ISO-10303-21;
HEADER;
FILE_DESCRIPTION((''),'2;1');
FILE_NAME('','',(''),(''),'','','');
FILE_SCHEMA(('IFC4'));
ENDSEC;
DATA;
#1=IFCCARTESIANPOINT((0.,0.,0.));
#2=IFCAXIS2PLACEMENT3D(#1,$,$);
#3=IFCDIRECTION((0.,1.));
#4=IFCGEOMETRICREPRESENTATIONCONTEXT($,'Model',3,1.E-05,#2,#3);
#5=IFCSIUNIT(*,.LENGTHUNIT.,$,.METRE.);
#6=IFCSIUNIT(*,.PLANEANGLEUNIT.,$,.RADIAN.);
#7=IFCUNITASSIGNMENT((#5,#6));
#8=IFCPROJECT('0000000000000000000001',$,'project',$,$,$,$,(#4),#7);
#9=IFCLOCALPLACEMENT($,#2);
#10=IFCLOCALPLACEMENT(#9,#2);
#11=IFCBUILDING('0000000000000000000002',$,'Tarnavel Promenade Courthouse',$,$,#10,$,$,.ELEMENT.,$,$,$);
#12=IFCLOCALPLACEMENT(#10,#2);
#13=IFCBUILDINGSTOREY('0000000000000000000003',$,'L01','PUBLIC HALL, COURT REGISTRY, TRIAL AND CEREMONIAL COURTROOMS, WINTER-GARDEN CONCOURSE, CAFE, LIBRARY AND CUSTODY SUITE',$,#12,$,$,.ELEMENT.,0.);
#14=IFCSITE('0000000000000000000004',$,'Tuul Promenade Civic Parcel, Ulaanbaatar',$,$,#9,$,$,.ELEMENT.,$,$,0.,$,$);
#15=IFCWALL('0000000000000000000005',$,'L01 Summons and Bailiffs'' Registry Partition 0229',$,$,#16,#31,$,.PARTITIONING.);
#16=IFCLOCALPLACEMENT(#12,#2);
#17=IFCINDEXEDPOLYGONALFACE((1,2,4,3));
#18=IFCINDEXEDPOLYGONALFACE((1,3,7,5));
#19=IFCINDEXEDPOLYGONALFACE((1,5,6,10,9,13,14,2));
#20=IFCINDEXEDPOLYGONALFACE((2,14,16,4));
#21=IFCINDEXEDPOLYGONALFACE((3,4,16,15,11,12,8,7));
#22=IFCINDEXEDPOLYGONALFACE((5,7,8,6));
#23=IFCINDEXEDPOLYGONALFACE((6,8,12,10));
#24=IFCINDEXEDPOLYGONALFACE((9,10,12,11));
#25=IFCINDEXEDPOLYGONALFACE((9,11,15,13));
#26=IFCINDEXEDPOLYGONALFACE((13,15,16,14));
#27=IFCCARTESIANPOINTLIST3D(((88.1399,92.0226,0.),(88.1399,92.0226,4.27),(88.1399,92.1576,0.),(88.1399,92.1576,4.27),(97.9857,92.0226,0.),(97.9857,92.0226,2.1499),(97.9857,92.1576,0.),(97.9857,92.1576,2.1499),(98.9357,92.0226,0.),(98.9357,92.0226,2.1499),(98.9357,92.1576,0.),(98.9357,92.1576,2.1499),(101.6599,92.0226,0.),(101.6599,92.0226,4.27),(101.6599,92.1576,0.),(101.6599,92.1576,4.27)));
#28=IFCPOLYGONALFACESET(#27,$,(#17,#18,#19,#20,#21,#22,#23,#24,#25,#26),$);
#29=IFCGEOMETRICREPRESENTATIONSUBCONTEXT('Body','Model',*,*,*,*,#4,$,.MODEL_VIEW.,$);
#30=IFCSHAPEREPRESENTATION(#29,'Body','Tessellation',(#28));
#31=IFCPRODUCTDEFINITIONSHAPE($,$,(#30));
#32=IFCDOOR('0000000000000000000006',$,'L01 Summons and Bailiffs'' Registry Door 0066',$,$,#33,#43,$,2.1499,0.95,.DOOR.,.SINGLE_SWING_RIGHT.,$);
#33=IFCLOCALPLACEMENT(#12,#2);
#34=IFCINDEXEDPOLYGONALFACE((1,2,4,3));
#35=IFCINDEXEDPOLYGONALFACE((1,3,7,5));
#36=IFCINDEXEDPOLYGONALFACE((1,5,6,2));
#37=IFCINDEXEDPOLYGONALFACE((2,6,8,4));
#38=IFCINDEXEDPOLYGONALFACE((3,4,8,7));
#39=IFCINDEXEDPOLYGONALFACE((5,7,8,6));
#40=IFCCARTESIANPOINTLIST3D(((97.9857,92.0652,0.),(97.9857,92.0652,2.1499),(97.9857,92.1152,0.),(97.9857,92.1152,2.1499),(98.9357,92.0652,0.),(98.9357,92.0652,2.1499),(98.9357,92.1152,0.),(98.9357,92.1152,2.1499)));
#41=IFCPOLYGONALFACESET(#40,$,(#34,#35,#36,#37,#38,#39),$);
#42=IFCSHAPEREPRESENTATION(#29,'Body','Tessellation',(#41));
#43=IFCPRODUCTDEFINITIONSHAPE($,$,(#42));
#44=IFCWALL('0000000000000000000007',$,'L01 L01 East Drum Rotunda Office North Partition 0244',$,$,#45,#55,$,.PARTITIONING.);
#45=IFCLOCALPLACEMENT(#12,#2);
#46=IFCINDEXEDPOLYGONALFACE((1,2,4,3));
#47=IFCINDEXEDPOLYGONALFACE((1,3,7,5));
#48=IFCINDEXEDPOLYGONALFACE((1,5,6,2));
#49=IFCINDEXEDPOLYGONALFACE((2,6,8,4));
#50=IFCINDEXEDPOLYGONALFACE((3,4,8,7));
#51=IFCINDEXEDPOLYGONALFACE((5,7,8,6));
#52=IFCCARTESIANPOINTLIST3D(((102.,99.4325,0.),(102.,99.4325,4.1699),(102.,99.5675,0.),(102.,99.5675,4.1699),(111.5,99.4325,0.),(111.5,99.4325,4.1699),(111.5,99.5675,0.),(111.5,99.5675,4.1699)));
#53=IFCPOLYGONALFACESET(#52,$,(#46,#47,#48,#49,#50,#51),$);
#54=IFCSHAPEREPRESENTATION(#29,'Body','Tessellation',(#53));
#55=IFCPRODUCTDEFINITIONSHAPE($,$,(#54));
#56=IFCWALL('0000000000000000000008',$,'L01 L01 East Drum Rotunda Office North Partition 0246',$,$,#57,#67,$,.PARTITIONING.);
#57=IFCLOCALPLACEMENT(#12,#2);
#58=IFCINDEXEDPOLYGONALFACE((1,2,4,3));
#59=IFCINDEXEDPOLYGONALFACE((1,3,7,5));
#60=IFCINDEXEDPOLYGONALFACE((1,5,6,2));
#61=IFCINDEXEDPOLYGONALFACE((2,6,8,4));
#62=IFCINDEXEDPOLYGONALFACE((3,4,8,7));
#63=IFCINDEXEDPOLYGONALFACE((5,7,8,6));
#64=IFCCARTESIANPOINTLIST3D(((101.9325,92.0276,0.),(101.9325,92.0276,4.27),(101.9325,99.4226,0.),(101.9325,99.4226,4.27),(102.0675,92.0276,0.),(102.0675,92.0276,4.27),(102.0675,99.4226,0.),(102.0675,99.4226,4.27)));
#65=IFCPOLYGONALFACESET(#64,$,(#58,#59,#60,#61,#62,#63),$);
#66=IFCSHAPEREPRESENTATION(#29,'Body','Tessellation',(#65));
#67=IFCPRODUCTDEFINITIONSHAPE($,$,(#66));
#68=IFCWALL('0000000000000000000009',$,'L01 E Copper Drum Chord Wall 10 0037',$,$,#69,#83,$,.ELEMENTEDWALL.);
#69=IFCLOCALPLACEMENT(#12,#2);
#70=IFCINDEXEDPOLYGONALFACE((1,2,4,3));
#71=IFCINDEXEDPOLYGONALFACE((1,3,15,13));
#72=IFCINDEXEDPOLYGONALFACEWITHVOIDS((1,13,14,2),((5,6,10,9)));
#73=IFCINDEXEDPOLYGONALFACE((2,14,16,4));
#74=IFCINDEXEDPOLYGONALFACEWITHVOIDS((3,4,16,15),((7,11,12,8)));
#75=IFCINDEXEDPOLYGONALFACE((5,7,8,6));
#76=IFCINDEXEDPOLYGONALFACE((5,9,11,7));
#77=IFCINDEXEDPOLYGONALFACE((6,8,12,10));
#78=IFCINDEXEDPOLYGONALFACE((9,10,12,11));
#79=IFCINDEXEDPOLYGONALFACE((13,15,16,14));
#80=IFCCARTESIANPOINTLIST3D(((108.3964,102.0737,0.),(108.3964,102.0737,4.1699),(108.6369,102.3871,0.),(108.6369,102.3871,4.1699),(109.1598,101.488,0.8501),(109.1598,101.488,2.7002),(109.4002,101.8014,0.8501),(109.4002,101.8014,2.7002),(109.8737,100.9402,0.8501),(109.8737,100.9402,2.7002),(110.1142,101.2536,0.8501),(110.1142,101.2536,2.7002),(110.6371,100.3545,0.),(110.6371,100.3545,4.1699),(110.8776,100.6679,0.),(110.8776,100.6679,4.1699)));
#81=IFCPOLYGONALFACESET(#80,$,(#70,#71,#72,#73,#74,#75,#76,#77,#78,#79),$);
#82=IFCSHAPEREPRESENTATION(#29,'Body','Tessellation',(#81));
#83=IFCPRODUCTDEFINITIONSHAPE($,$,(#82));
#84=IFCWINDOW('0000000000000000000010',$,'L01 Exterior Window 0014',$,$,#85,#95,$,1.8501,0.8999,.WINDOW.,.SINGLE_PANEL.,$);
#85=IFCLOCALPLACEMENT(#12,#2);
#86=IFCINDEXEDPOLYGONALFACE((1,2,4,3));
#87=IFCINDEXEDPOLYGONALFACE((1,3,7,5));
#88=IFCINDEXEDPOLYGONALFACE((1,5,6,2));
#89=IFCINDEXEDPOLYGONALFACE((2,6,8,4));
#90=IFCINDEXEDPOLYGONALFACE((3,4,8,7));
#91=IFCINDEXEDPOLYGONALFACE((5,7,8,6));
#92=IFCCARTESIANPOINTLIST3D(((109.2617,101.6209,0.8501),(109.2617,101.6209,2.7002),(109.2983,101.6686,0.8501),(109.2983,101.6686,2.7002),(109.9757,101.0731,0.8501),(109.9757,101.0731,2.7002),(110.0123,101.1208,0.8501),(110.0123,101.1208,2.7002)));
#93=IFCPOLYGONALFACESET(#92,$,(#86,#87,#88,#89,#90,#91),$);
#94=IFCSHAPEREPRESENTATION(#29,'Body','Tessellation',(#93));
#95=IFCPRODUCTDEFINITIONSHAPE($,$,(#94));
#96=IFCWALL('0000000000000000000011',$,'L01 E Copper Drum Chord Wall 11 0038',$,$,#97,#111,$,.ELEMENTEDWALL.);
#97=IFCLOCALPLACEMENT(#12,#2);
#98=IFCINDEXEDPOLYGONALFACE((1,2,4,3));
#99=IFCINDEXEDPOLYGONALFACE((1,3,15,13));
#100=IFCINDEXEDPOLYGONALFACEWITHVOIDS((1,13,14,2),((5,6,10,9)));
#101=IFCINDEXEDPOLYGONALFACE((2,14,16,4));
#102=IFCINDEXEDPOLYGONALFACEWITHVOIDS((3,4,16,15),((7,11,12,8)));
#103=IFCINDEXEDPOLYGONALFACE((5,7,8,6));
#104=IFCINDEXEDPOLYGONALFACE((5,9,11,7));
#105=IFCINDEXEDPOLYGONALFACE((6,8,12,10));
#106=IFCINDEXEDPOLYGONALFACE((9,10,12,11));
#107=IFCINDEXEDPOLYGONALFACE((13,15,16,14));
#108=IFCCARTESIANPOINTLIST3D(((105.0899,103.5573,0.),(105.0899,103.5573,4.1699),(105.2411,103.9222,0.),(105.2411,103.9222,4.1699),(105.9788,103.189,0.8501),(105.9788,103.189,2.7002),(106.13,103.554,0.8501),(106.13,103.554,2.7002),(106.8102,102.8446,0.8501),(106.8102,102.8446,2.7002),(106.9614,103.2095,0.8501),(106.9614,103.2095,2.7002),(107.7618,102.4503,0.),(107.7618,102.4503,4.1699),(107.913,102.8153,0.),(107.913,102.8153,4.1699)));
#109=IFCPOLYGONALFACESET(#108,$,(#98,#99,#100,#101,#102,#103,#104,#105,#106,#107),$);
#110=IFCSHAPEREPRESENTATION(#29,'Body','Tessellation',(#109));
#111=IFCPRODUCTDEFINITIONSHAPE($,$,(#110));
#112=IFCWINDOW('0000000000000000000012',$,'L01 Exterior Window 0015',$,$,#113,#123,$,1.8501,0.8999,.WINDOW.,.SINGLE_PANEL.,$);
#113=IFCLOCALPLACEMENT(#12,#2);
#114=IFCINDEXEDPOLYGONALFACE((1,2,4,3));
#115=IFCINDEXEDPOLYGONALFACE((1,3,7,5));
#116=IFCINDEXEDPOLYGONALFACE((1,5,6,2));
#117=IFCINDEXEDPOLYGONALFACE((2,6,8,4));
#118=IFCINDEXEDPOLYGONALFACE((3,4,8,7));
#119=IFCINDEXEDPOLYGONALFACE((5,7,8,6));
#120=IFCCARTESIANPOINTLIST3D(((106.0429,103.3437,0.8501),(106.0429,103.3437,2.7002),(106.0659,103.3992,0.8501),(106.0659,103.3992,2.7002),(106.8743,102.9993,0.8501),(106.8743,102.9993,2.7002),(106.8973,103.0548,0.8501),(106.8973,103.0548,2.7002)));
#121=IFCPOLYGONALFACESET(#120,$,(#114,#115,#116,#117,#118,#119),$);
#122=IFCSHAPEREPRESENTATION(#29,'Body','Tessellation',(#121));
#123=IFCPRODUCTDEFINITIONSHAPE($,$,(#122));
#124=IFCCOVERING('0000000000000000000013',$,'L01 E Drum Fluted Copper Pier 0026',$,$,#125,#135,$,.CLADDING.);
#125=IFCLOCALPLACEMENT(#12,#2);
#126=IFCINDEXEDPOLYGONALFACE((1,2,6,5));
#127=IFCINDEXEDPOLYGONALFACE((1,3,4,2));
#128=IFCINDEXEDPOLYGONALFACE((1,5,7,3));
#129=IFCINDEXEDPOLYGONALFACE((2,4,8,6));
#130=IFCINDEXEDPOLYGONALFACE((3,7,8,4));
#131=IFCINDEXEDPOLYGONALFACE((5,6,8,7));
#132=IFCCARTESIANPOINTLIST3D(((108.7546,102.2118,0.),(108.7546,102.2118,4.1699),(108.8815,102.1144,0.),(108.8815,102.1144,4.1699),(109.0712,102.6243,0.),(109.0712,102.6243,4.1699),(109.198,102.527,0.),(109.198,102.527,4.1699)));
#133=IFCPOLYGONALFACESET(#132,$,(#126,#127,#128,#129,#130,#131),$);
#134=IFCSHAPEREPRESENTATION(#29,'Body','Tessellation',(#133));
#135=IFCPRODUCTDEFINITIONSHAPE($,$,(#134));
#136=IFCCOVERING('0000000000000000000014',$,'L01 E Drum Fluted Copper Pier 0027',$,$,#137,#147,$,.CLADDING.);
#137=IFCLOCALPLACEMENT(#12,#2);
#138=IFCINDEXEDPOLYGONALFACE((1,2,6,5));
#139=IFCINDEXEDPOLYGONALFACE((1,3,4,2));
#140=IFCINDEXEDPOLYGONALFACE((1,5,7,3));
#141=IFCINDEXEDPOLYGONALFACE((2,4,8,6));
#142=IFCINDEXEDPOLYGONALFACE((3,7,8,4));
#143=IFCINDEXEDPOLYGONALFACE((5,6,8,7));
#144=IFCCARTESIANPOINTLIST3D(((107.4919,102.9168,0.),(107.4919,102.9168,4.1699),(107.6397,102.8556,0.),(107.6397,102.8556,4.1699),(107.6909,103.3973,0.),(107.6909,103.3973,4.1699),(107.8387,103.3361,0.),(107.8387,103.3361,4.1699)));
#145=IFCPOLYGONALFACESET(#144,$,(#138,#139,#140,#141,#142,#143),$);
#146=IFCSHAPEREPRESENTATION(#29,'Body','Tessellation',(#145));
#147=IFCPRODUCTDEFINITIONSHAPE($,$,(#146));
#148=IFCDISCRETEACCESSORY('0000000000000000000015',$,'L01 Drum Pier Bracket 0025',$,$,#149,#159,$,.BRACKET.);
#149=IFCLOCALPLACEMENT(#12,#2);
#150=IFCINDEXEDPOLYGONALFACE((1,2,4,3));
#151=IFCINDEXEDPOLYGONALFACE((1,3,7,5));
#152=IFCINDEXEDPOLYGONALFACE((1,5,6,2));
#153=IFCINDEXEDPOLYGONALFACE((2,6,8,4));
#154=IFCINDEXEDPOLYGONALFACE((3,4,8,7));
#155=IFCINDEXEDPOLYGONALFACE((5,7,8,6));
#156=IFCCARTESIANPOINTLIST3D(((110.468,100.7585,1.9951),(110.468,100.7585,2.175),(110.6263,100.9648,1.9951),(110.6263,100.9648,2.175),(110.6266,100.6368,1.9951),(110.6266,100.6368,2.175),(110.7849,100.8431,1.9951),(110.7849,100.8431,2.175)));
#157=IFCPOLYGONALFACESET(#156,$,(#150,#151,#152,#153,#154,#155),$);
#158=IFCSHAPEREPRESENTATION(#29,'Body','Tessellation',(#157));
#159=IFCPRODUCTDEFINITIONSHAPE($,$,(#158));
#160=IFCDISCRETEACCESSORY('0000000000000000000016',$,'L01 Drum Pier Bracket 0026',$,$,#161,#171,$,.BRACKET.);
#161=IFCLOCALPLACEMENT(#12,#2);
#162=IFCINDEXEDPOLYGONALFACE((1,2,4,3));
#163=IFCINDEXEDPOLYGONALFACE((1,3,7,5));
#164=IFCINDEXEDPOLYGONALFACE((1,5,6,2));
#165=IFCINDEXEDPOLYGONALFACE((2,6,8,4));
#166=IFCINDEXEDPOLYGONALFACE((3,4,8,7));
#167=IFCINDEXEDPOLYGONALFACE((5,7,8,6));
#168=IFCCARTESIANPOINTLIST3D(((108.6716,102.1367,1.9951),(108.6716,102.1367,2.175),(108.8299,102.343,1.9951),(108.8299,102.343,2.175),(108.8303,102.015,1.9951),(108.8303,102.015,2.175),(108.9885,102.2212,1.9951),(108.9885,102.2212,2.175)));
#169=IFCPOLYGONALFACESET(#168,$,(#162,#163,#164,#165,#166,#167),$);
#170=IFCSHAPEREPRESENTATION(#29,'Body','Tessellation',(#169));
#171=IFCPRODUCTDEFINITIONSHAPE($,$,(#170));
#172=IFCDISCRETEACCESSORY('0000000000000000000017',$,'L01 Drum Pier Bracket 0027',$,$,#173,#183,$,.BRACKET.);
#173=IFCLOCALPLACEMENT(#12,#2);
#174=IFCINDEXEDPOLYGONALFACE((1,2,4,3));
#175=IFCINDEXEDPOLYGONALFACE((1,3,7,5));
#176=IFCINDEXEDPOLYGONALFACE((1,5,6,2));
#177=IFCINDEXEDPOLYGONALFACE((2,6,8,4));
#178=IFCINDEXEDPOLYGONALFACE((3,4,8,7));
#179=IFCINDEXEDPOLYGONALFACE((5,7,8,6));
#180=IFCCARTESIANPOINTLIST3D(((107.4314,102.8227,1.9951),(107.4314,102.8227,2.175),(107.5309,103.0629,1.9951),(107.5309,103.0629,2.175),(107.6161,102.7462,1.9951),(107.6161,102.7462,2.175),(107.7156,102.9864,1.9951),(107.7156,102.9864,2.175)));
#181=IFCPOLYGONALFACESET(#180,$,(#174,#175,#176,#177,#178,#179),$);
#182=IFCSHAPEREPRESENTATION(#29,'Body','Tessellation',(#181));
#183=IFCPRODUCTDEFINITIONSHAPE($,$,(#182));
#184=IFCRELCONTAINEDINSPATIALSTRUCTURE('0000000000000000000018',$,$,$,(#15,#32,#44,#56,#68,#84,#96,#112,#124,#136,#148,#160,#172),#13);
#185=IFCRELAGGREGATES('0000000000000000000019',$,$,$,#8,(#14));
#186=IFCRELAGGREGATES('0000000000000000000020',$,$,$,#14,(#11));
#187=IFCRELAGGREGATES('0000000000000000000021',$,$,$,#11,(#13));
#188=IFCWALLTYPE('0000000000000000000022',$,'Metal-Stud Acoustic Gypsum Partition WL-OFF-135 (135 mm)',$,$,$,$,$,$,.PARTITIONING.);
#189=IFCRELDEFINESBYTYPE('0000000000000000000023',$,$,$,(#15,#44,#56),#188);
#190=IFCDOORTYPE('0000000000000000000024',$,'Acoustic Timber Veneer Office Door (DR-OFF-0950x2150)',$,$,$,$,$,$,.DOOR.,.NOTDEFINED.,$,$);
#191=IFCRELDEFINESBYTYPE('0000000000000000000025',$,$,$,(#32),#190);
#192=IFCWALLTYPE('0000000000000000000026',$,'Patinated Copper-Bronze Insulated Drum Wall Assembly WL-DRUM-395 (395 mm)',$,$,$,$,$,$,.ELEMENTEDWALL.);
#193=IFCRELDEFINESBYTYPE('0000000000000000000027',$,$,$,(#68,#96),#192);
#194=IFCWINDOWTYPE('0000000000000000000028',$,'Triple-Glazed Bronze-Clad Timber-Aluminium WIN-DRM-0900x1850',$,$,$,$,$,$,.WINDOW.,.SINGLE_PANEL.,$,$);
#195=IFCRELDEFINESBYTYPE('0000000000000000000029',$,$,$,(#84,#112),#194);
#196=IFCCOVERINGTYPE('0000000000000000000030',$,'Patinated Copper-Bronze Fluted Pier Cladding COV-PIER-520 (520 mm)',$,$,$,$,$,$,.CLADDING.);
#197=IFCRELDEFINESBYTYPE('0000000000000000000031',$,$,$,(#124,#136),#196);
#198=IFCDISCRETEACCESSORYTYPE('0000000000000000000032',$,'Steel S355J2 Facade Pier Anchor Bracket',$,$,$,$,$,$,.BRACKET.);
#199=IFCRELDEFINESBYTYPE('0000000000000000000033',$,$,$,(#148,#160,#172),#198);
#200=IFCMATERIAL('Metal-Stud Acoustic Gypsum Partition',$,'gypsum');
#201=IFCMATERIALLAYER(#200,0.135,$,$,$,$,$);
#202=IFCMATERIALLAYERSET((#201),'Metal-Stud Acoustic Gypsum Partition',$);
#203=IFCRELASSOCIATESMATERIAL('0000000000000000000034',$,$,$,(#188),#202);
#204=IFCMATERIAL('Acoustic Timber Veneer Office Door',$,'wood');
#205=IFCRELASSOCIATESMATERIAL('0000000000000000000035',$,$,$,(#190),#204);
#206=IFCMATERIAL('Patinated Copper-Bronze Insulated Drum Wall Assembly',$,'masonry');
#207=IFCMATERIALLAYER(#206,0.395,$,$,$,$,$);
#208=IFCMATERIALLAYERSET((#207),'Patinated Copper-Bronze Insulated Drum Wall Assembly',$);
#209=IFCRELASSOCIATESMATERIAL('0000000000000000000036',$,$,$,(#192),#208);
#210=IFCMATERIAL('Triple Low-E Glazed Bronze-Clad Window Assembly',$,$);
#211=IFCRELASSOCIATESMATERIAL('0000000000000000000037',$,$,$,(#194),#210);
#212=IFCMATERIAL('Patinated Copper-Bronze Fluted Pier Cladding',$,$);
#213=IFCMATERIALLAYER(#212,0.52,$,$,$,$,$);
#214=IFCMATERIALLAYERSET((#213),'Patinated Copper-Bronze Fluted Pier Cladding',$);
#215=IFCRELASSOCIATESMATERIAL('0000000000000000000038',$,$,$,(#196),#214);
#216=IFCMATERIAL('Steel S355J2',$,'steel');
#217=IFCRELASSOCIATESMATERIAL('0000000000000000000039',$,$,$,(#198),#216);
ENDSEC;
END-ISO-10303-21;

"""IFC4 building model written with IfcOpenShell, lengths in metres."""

from ifc_helpers import new_model, si_unit, direction, frame, frame_2d, origin, origin_2d, place, context, subcontext, project, spatial, rectangle, extrude, material, layer, layer_set, type_object, element, fill, save


model = new_model("IFC4")

# Units and contexts
model_context = context("Model", 3, precision=1e-05, world=origin(), true_north=direction((0.0, 1.0)))
body_context = subcontext(model_context, "Body", "Model", "MODEL_VIEW")
ifc_project = project(units=[si_unit("LENGTHUNIT", "METRE"), si_unit("PLANEANGLEUNIT", "RADIAN")], contexts=[model_context])

# Site, building, storey
site_placement = place(None, origin())
site = spatial("IfcSite", under=ifc_project, at=site_placement, Name="Tuul Promenade Civic Parcel, Ulaanbaatar", CompositionType="ELEMENT", RefElevation=0.0)
building_placement = place(site_placement, origin())
building = spatial("IfcBuilding", under=site, at=building_placement, Name="Tarnavel Promenade Courthouse", CompositionType="ELEMENT")
storey_placement = place(building_placement, origin())
storey = spatial("IfcBuildingStorey", under=building, at=storey_placement, Name="L01", Description="PUBLIC HALL, COURT REGISTRY, TRIAL AND CEREMONIAL COURTROOMS, WINTER-GARDEN CONCOURSE, CAFE, LIBRARY AND CUSTODY SUITE", CompositionType="ELEMENT", Elevation=0.0)

# Shared definitions
ifc_material_1 = material(Name="Steel S355J2", Category="steel")

# Wall, opening, door
ifc_material_2 = material(Name="Metal-Stud Acoustic Gypsum Partition", Category="gypsum")
ifc_layer_1 = layer(ifc_material_2, 0.135)
ifc_layer_set_1 = layer_set([ifc_layer_1], Name="Metal-Stud Acoustic Gypsum Partition")
wall_type_1 = type_object("IfcWallType", Name="Metal-Stud Acoustic Gypsum Partition WL-OFF-135 (135 mm)", PredefinedType="PARTITIONING", material=ifc_layer_set_1)
wall_1_placement = place(storey_placement, frame((101.6599, 92.0901, 0.0), z_axis=(0.0, 0.0, 1.0), x_axis=(-1.0, 0.0, 0.0)))
wall_1 = element("IfcWall", 1, at=wall_1_placement, inside=storey, type_object=wall_type_1, Name="L01 Summons and Bailiffs' Registry Partition 0229", PredefinedType="PARTITIONING", context=body_context, shape_type="SweptSolid", body=[
    extrude(rectangle(XDim=13.52, YDim=0.135, at=frame_2d((6.76, 0.0))), origin(), (0.0, 0.0, 1.0), 4.27),
])
opening_1_placement = place(wall_1_placement, frame((2.7241, 0.0, 0.0)))
opening_1 = element("IfcOpeningElement", 2, at=opening_1_placement, cuts=wall_1, PredefinedType="OPENING", context=body_context, shape_type="SweptSolid", body=[
    extrude(rectangle(XDim=0.95, YDim=2.1499, at=frame_2d((0.4751, 1.075))), frame((0.0, 0.0774, 0.0), z_axis=(0.0, -1.0, 0.0), x_axis=(1.0, 0.0, 0.0)), (0.0, 0.0, 1.0), 0.155),
])
ifc_material_3 = material(Name="Acoustic Timber Veneer Office Door", Category="wood")
door_type = type_object("IfcDoorType", Name="Acoustic Timber Veneer Office Door (DR-OFF-0950x2150)", OperationType="NOTDEFINED", PredefinedType="DOOR", material=ifc_material_3)
door_placement = place(opening_1_placement, origin())
door = element("IfcDoor", 3, at=door_placement, inside=storey, type_object=door_type, Name="L01 Summons and Bailiffs' Registry Door 0066", OperationType="SINGLE_SWING_RIGHT", OverallHeight=2.1499, OverallWidth=0.95, PredefinedType="DOOR", context=body_context, shape_type="SweptSolid", body=[
    extrude(rectangle(XDim=0.95, YDim=2.1499, at=frame_2d((0.4751, 1.075))), frame((0.0, 0.0249, 0.0), z_axis=(0.0, -1.0, 0.0), x_axis=(1.0, 0.0, 0.0)), (0.0, 0.0, 1.0), 0.05),
])
fill(opening_1, door)

# Walls
wall_2_placement = place(storey_placement, frame((102.0, 99.5, 0.0), z_axis=(0.0, 0.0, 1.0), x_axis=(1.0, 0.0, 0.0)))
element("IfcWall", 4, at=wall_2_placement, inside=storey, type_object=wall_type_1, Name="L01 L01 East Drum Rotunda Office North Partition 0244", PredefinedType="PARTITIONING", context=body_context, shape_type="SweptSolid", body=[
    extrude(rectangle(XDim=9.5, YDim=0.135, at=frame_2d((4.75, 0.0))), origin(), (0.0, 0.0, 1.0), 4.1699),
])
wall_3_placement = place(storey_placement, frame((102.0, 92.0276, 0.0), z_axis=(0.0, 0.0, 1.0), x_axis=(0.0, 1.0, 0.0)))
element("IfcWall", 5, at=wall_3_placement, inside=storey, type_object=wall_type_1, Name="L01 L01 East Drum Rotunda Office North Partition 0246", PredefinedType="PARTITIONING", context=body_context, shape_type="SweptSolid", body=[
    extrude(rectangle(XDim=7.395, YDim=0.135, at=frame_2d((3.6975, 0.0))), origin(), (0.0, 0.0, 1.0), 4.27),
])

# Walls, openings, windows
ifc_material_4 = material(Name="Patinated Copper-Bronze Insulated Drum Wall Assembly", Category="masonry")
ifc_layer_2 = layer(ifc_material_4, 0.395)
ifc_layer_set_2 = layer_set([ifc_layer_2], Name="Patinated Copper-Bronze Insulated Drum Wall Assembly")
wall_type_2 = type_object("IfcWallType", Name="Patinated Copper-Bronze Insulated Drum Wall Assembly WL-DRUM-395 (395 mm)", PredefinedType="ELEMENTEDWALL", material=ifc_layer_set_2)
wall_4_placement = place(storey_placement, frame((110.7573, 100.5112, 0.0), z_axis=(0.0, 0.0, 1.0), x_axis=(-0.793375, 0.608733, 0.0)))
wall_4 = element("IfcWall", 6, at=wall_4_placement, inside=storey, type_object=wall_type_2, Name="L01 E Copper Drum Chord Wall 10 0037", PredefinedType="ELEMENTEDWALL", context=body_context, shape_type="SweptSolid", body=[
    extrude(rectangle(XDim=2.8242, YDim=0.395, at=frame_2d((1.4121, 0.0))), origin(), (0.0, 0.0, 1.0), 4.1699),
])
opening_2_placement = place(wall_4_placement, frame((0.9622, 0.0, 0.8501)))
opening_2 = element("IfcOpeningElement", 7, at=opening_2_placement, cuts=wall_4, PredefinedType="OPENING", context=body_context, shape_type="SweptSolid", body=[
    extrude(rectangle(XDim=0.8999, YDim=1.8501, at=frame_2d((0.45, 0.925))), frame((0.0, 0.2075, 0.0), z_axis=(0.0, -1.0, 0.0), x_axis=(1.0, 0.0, 0.0)), (0.0, 0.0, 1.0), 0.415),
])
ifc_material_5 = material(Name="Triple Low-E Glazed Bronze-Clad Window Assembly")
window_type = type_object("IfcWindowType", Name="Triple-Glazed Bronze-Clad Timber-Aluminium WIN-DRM-0900x1850", PartitioningType="SINGLE_PANEL", PredefinedType="WINDOW", material=ifc_material_5)
window_1_placement = place(opening_2_placement, origin())
window_1 = element("IfcWindow", 8, at=window_1_placement, inside=storey, type_object=window_type, Name="L01 Exterior Window 0014", OverallHeight=1.8501, OverallWidth=0.8999, PartitioningType="SINGLE_PANEL", PredefinedType="WINDOW", context=body_context, shape_type="SweptSolid", body=[
    extrude(rectangle(XDim=0.8999, YDim=1.8501, at=frame_2d((0.45, 0.925))), frame((0.0, 0.03, 0.0), z_axis=(0.0, -1.0, 0.0), x_axis=(1.0, 0.0, 0.0)), (0.0, 0.0, 1.0), 0.0601),
])
fill(opening_2, window_1)
wall_5_placement = place(storey_placement, frame((107.8374, 102.6328, 0.0), z_axis=(0.0, 0.0, 1.0), x_axis=(-0.923854, 0.382744, 0.0)))
wall_5 = element("IfcWall", 9, at=wall_5_placement, inside=storey, type_object=wall_type_2, Name="L01 E Copper Drum Chord Wall 11 0038", PredefinedType="ELEMENTEDWALL", context=body_context, shape_type="SweptSolid", body=[
    extrude(rectangle(XDim=2.8921, YDim=0.395, at=frame_2d((1.446, 0.0))), origin(), (0.0, 0.0, 1.0), 4.1699),
])
opening_3_placement = place(wall_5_placement, frame((1.03, 0.0, 0.8501)))
opening_3 = element("IfcOpeningElement", 10, at=opening_3_placement, cuts=wall_5, PredefinedType="OPENING", context=body_context, shape_type="SweptSolid", body=[
    extrude(rectangle(XDim=0.8999, YDim=1.8501, at=frame_2d((0.45, 0.925))), frame((0.0, 0.2075, 0.0), z_axis=(0.0, -1.0, 0.0), x_axis=(1.0, 0.0, 0.0)), (0.0, 0.0, 1.0), 0.415),
])
window_2_placement = place(opening_3_placement, origin())
window_2 = element("IfcWindow", 11, at=window_2_placement, inside=storey, type_object=window_type, Name="L01 Exterior Window 0015", OverallHeight=1.8501, OverallWidth=0.8999, PartitioningType="SINGLE_PANEL", PredefinedType="WINDOW", context=body_context, shape_type="SweptSolid", body=[
    extrude(rectangle(XDim=0.8999, YDim=1.8501, at=frame_2d((0.45, 0.925))), frame((0.0, 0.03, 0.0), z_axis=(0.0, -1.0, 0.0), x_axis=(1.0, 0.0, 0.0)), (0.0, 0.0, 1.0), 0.0601),
])
fill(opening_3, window_2)

# Coverings
ifc_material_6 = material(Name="Patinated Copper-Bronze Fluted Pier Cladding")
ifc_layer_3 = layer(ifc_material_6, 0.52)
ifc_layer_set_3 = layer_set([ifc_layer_3], Name="Patinated Copper-Bronze Fluted Pier Cladding")
covering_type = type_object("IfcCoveringType", Name="Patinated Copper-Bronze Fluted Pier Cladding COV-PIER-520 (520 mm)", PredefinedType="CLADDING", material=ifc_layer_set_3)
for number, where, z_axis, x_axis, name in (
    (12, (108.9763, 102.3694, 0.0), (0.0, 0.0, 1.0), (-0.793353, 0.608761, 0.0), "L01 E Drum Fluted Copper Pier 0026"),
    (13, (107.6653, 103.1265, 0.0), (0.0, 0.0, 1.0), (-0.92388, 0.382683, 0.0), "L01 E Drum Fluted Copper Pier 0027"),
):
    element("IfcCovering", number, at=place(storey_placement, frame(where, z_axis=z_axis, x_axis=x_axis)), inside=storey, type_object=covering_type, Name=name, PredefinedType="CLADDING", context=body_context, shape_type="SweptSolid", body=[
        extrude(rectangle(XDim=0.1599, YDim=0.52, at=origin_2d()), origin(), (0.0, 0.0, 1.0), 4.1699),
    ])

# Discrete accessories
discrete_accessory_type = type_object("IfcDiscreteAccessoryType", Name="Steel S355J2 Facade Pier Anchor Bracket", PredefinedType="BRACKET", material=ifc_material_1)
for number, where, z_axis, x_axis, name in (
    (14, (110.6265, 100.8008, 1.9951), (0.0, 0.0, 1.0), (-0.793353, 0.608761, 0.0), "L01 Drum Pier Bracket 0025"),
    (15, (108.8301, 102.179, 1.9951), (0.0, 0.0, 1.0), (-0.793353, 0.608761, 0.0), "L01 Drum Pier Bracket 0026"),
    (16, (107.5735, 102.9045, 1.9951), (0.0, 0.0, 1.0), (-0.92388, 0.382683, 0.0), "L01 Drum Pier Bracket 0027"),
):
    element("IfcDiscreteAccessory", number, at=place(storey_placement, frame(where, z_axis=z_axis, x_axis=x_axis)), inside=storey, type_object=discrete_accessory_type, Name=name, PredefinedType="BRACKET", context=body_context, shape_type="SweptSolid", body=[
        extrude(rectangle(XDim=0.2, YDim=0.26, at=origin_2d()), origin(), (0.0, 0.0, 1.0), 0.1799),
    ])

save(model, "model.ifc")
